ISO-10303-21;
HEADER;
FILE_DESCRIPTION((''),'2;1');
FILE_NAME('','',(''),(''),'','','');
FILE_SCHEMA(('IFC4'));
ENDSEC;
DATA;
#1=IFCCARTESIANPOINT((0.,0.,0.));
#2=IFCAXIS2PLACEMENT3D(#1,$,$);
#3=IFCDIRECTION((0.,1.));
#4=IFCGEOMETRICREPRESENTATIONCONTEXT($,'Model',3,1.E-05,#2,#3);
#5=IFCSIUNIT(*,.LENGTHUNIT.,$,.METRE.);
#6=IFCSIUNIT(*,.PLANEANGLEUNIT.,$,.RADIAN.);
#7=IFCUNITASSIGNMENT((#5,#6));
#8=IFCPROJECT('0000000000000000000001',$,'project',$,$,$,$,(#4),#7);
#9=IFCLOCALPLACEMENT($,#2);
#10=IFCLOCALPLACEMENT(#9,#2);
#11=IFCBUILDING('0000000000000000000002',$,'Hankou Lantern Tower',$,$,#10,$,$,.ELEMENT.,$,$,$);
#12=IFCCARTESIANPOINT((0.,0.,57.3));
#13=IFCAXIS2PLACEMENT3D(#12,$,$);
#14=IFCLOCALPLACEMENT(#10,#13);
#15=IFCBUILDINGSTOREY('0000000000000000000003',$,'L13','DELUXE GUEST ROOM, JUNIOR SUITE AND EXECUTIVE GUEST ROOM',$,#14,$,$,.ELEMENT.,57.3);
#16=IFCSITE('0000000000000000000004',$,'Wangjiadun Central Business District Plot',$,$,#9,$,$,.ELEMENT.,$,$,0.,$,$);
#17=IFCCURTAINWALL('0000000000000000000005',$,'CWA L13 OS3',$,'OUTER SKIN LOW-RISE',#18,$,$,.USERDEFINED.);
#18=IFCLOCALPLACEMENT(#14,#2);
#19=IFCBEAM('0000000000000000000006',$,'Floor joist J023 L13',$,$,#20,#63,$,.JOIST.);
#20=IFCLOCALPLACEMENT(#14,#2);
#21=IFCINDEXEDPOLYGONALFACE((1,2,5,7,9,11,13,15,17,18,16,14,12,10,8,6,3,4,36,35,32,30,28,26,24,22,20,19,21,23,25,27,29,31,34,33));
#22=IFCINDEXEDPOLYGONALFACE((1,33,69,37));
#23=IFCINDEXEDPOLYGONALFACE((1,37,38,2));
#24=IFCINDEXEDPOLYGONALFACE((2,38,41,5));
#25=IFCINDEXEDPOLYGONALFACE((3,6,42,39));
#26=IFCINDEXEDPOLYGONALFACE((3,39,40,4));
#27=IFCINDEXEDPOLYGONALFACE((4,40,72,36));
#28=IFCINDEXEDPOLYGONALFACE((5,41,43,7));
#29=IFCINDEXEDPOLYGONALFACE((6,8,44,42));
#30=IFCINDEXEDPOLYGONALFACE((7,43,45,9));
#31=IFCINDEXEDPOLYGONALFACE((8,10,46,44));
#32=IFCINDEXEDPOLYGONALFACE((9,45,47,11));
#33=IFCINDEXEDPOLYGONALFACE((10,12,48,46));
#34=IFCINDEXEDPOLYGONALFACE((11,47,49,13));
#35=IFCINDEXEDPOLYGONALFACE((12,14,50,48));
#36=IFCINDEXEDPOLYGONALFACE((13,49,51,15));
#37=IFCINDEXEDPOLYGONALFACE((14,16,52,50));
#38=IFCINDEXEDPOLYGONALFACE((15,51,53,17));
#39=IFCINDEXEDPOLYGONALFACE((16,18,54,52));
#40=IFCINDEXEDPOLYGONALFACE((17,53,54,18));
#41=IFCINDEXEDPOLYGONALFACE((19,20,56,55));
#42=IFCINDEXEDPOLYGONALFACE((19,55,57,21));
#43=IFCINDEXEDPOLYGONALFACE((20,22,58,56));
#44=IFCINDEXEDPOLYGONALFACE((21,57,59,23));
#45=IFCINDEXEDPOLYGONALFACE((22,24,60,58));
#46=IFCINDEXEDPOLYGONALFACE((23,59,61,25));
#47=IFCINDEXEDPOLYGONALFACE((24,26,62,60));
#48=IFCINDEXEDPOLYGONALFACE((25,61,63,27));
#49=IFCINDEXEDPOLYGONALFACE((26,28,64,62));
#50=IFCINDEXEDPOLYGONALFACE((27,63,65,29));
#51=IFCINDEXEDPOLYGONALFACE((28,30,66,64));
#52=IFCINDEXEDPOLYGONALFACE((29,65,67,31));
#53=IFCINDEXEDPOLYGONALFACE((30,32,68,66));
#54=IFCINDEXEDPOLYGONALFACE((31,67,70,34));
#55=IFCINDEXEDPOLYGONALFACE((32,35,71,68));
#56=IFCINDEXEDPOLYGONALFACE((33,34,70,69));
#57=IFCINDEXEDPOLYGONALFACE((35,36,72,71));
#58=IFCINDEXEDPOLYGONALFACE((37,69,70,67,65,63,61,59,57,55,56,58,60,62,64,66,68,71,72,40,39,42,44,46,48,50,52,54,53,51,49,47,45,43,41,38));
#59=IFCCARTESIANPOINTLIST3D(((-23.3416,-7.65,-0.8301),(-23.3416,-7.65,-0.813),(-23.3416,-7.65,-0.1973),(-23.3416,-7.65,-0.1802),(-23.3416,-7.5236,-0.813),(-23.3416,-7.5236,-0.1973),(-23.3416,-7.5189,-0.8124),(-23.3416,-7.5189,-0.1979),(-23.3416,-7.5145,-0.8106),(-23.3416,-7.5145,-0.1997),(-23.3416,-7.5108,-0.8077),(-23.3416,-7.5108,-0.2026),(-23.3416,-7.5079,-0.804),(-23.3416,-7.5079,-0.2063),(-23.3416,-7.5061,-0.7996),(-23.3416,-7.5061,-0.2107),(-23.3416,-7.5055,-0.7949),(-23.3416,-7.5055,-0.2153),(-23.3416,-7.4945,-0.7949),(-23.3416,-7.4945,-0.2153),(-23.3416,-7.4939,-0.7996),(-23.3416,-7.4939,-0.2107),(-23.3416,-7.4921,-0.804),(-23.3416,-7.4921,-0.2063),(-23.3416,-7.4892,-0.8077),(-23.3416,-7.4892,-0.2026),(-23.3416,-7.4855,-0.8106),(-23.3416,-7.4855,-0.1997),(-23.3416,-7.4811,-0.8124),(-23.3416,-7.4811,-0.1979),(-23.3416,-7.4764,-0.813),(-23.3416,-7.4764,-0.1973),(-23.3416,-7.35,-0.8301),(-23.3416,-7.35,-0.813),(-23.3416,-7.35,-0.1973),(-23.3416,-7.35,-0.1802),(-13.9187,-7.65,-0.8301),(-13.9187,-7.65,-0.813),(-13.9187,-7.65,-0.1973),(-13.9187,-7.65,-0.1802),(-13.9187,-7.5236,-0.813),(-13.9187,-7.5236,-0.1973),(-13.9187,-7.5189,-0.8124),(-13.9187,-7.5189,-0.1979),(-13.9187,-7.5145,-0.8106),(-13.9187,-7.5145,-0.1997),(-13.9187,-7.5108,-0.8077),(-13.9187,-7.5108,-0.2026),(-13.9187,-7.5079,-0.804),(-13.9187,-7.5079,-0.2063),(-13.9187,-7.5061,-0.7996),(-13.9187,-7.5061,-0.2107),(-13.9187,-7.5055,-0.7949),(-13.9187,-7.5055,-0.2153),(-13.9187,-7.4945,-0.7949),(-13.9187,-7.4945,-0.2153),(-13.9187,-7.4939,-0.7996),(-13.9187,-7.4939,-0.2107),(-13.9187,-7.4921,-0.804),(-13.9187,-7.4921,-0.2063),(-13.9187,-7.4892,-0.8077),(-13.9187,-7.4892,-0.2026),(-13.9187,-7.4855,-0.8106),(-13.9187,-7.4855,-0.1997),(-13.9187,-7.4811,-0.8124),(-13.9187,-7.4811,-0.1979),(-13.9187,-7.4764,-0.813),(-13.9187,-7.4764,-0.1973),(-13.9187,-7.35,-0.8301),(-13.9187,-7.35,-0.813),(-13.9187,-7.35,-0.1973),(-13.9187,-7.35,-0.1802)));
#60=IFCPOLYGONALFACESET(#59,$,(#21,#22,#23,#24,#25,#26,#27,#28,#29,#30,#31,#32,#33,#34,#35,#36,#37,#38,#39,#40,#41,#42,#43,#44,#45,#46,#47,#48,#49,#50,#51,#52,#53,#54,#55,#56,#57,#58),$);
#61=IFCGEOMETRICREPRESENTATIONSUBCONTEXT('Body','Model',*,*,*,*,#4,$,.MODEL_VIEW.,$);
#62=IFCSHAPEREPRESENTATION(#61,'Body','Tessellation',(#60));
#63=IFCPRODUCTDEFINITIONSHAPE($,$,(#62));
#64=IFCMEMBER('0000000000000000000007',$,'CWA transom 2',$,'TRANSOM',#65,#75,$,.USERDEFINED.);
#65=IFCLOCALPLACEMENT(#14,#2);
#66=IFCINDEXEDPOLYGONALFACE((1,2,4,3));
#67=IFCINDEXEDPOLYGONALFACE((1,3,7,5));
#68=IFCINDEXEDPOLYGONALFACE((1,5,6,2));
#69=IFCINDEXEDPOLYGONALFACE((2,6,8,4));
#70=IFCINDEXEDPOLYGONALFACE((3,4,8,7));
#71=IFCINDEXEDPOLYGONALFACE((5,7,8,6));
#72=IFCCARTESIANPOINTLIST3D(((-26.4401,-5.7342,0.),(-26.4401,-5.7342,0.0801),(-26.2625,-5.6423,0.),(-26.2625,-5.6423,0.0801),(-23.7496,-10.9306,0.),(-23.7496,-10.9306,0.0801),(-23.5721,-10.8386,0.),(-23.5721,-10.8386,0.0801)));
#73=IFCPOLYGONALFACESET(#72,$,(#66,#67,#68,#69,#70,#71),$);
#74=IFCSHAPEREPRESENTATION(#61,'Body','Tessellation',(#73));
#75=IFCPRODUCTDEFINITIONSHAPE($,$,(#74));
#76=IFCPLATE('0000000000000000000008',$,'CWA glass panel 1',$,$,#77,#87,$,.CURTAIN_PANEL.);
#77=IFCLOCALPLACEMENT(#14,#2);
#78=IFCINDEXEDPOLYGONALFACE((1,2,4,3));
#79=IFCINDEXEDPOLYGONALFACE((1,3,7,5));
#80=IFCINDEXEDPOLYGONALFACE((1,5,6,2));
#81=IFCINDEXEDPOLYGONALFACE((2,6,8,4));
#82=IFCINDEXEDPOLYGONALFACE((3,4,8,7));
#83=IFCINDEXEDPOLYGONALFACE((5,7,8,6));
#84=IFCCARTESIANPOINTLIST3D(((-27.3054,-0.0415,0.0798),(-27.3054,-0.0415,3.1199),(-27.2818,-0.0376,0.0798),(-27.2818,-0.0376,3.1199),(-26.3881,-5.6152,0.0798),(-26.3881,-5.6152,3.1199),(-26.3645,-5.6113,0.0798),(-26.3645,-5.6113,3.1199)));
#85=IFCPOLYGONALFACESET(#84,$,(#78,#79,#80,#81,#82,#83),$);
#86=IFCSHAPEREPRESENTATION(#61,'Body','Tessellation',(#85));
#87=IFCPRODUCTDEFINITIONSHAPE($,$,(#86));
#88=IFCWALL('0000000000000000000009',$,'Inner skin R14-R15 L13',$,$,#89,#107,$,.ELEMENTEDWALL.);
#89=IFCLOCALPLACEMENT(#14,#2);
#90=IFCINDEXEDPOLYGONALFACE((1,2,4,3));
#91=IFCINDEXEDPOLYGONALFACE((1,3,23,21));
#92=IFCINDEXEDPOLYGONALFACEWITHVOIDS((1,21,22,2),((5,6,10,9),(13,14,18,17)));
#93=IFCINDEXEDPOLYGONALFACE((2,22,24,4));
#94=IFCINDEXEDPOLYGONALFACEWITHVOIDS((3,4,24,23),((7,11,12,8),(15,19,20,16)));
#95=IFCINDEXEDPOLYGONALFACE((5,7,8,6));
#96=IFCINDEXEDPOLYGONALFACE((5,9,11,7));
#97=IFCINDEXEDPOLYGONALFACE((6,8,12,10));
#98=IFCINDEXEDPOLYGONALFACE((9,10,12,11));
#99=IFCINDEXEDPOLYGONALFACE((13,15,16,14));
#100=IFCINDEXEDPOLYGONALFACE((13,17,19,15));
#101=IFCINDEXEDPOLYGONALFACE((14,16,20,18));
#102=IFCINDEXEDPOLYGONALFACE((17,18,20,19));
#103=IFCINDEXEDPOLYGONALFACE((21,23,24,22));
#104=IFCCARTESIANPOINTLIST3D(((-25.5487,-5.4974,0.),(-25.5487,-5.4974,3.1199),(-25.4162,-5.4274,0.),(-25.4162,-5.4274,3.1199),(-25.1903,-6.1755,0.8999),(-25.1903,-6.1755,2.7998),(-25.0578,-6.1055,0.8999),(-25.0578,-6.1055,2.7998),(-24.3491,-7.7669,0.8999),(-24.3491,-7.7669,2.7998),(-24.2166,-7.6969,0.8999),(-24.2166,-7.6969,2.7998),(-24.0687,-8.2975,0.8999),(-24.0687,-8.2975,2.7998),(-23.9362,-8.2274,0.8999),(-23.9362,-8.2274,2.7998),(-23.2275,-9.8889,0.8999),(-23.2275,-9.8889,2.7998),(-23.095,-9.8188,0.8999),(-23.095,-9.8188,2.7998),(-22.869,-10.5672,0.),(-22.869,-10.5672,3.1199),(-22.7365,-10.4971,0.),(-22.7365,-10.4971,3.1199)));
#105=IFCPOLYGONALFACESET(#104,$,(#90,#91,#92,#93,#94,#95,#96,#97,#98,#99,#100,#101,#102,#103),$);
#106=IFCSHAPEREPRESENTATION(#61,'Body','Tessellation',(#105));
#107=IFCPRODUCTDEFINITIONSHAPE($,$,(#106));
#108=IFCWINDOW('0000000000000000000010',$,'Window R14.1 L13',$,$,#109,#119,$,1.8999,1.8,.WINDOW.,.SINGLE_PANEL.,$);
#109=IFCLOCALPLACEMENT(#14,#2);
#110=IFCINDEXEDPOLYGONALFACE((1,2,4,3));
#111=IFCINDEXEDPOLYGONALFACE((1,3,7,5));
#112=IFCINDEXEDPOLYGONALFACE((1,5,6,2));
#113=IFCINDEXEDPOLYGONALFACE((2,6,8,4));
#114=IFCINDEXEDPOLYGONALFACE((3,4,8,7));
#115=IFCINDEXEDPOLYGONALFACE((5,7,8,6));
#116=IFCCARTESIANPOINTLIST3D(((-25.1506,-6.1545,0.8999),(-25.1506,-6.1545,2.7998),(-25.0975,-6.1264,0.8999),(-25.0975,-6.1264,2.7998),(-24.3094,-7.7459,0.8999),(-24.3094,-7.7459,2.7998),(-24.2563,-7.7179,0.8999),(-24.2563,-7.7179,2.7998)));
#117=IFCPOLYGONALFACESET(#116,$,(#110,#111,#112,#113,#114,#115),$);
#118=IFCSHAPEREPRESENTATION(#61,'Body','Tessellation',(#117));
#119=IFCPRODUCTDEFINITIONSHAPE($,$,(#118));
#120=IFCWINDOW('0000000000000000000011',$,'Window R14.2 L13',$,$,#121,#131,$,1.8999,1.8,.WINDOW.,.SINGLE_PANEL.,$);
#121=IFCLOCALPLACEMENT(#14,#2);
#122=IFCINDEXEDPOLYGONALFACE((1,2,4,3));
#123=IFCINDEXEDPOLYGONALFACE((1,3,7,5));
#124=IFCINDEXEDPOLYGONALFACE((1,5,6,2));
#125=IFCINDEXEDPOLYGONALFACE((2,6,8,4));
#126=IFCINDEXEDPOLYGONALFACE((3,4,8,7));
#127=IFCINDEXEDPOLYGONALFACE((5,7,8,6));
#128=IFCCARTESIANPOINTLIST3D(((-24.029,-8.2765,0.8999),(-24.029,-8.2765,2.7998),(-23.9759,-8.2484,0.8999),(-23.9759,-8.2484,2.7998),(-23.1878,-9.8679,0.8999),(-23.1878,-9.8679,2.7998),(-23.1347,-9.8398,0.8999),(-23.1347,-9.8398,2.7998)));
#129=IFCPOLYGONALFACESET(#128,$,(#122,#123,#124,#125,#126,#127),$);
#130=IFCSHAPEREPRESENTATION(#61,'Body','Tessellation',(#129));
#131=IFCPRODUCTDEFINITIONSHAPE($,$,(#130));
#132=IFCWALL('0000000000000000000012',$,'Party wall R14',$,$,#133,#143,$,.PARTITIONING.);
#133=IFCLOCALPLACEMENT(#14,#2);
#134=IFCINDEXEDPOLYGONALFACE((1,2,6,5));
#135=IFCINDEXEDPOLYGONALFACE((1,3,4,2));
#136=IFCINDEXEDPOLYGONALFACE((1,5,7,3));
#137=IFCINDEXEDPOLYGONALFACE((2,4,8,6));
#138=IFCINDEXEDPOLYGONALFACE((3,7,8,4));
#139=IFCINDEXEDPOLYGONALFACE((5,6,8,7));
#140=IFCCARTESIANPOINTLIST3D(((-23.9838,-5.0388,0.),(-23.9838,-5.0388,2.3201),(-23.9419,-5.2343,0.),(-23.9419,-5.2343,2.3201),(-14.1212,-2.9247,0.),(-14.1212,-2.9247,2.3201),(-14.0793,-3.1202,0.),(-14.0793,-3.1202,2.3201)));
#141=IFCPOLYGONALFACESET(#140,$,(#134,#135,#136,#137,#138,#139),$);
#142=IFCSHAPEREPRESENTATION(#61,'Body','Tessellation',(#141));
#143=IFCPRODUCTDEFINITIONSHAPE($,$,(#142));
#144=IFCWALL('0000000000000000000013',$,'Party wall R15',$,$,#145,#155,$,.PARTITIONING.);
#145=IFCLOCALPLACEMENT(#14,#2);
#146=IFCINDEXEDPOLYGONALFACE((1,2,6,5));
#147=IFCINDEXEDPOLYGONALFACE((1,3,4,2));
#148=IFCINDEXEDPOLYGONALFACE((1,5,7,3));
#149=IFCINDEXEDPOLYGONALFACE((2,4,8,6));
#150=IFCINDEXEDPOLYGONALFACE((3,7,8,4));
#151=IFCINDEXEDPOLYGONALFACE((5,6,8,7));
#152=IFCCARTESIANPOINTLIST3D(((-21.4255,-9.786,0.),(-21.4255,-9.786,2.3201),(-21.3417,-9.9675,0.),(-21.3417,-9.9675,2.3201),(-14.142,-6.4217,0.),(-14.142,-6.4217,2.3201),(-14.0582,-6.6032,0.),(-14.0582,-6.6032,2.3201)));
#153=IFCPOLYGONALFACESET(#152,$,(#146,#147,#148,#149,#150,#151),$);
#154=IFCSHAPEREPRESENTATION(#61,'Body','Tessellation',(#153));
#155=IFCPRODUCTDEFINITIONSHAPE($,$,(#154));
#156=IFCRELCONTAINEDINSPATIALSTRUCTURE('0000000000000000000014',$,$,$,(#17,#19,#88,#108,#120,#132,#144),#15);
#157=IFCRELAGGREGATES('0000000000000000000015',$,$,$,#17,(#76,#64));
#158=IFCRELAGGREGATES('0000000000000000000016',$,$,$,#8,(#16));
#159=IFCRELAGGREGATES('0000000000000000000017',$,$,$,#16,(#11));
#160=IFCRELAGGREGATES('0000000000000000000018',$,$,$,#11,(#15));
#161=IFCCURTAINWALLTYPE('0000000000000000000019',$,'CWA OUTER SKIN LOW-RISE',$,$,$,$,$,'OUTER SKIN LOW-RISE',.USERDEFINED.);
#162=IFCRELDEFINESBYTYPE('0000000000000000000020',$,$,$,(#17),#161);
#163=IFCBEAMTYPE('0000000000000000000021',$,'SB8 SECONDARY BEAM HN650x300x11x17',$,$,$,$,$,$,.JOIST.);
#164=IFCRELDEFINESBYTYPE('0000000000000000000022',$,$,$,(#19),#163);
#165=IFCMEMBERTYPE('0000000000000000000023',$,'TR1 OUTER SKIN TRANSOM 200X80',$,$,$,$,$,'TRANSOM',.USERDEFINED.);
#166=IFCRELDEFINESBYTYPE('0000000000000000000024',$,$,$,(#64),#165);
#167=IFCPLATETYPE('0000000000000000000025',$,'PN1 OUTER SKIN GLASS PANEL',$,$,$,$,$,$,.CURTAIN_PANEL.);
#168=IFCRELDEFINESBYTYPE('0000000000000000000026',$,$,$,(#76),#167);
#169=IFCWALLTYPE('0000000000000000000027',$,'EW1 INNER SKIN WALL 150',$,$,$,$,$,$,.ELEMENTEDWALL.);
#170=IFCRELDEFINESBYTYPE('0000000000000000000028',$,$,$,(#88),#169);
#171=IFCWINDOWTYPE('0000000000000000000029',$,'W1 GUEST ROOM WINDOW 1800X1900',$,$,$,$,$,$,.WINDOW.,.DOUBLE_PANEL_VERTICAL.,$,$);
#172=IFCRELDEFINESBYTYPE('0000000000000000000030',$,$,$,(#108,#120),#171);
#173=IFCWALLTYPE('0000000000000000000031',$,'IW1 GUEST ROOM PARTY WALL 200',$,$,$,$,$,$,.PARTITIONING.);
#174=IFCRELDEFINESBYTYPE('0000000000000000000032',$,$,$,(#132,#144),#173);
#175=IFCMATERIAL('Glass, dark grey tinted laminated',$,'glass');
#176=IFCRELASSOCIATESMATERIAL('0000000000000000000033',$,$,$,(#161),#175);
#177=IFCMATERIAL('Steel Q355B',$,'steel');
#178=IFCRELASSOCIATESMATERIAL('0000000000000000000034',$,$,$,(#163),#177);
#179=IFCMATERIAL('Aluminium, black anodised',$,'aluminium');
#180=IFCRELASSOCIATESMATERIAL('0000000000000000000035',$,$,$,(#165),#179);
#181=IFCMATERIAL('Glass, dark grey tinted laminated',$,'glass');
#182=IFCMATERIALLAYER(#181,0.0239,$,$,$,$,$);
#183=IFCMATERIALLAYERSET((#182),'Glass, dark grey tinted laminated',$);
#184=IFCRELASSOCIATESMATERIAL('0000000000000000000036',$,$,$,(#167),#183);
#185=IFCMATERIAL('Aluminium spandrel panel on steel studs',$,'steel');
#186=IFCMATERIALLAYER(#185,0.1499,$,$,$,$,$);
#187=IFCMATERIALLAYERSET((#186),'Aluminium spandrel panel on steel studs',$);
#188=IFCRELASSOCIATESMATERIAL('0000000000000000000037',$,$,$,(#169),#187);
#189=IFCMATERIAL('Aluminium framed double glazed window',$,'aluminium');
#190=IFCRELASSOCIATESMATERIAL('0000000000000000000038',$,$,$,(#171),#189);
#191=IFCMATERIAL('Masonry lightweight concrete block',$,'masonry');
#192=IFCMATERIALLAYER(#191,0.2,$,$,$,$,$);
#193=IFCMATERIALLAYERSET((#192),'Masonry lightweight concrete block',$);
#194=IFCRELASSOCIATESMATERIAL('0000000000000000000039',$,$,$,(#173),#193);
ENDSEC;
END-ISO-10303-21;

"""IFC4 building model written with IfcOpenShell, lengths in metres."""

from ifc_helpers import new_model, si_unit, direction, frame, frame_2d, origin, origin_2d, place, context, subcontext, project, spatial, rectangle, i_section, extrude, material, layer, layer_set, material_profile, profile_set, type_object, element, fill, aggregate, save


model = new_model("IFC4")

# Units and contexts
model_context = context("Model", 3, precision=1e-05, world=origin(), true_north=direction((0.0, 1.0)))
body_context = subcontext(model_context, "Body", "Model", "MODEL_VIEW")
ifc_project = project(units=[si_unit("LENGTHUNIT", "METRE"), si_unit("PLANEANGLEUNIT", "RADIAN")], contexts=[model_context])

# Site, building, storey
site_placement = place(None, origin())
site = spatial("IfcSite", under=ifc_project, at=site_placement, Name="Wangjiadun Central Business District Plot", CompositionType="ELEMENT", RefElevation=0.0)
building_placement = place(site_placement, origin())
building = spatial("IfcBuilding", under=site, at=building_placement, Name="Hankou Lantern Tower", CompositionType="ELEMENT")
storey_placement = place(building_placement, frame((0.0, 0.0, 57.3)))
storey = spatial("IfcBuildingStorey", under=building, at=storey_placement, Name="L13", Description="DELUXE GUEST ROOM, JUNIOR SUITE AND EXECUTIVE GUEST ROOM", CompositionType="ELEMENT", Elevation=57.3)

# Curtain wall
ifc_material_1 = material(Name="Glass, dark grey tinted laminated", Category="glass")
curtain_wall_type = type_object("IfcCurtainWallType", Name="CWA OUTER SKIN LOW-RISE", ElementType="OUTER SKIN LOW-RISE", PredefinedType="USERDEFINED", material=ifc_material_1)
curtain_wall_placement = place(storey_placement, origin())
curtain_wall = element("IfcCurtainWall", 1, at=curtain_wall_placement, inside=storey, type_object=curtain_wall_type, Name="CWA L13 OS3", ObjectType="OUTER SKIN LOW-RISE", PredefinedType="USERDEFINED")

# Beam
ifc_material_2 = material(Name="Steel Q355B", Category="steel")
ifc_material_profile_1 = material_profile(ifc_material_2, i_section(OverallWidth=0.3, OverallDepth=0.6499, WebThickness=0.011, FlangeThickness=0.0171, FilletRadius=0.0181, at=origin_2d()), Name="HN650x300x11x17")
ifc_profile_set_1 = profile_set([ifc_material_profile_1], Name="Steel Q355B")
beam_type_1 = type_object("IfcBeamType", Name="SB8 SECONDARY BEAM HN650x300x11x17", PredefinedType="JOIST", material=ifc_profile_set_1)
beam_1_placement = place(storey_placement, frame((-23.3416, -7.5, -0.5051), z_axis=(1.0, 0.0, 0.0), x_axis=(0.0, 1.0, 0.0)))
element("IfcBeam", 2, at=beam_1_placement, inside=storey, type_object=beam_type_1, Name="Floor joist J023 L13", PredefinedType="JOIST", context=body_context, shape_type="SweptSolid", body=[
    extrude(i_section(OverallWidth=0.3, OverallDepth=0.6499, WebThickness=0.011, FlangeThickness=0.0171, FilletRadius=0.0181, at=origin_2d()), origin(), (0.0, 0.0, 1.0), 9.4229),
])

# Member
ifc_material_3 = material(Name="Aluminium, black anodised", Category="aluminium")
ifc_material_profile_2 = material_profile(ifc_material_3, rectangle(XDim=0.2, YDim=0.0801, at=origin_2d()), Name="TR1 200X80")
ifc_profile_set_2 = profile_set([ifc_material_profile_2], Name="Aluminium, black anodised")
member_type_1 = type_object("IfcMemberType", Name="TR1 OUTER SKIN TRANSOM 200X80", ElementType="TRANSOM", PredefinedType="USERDEFINED", material=ifc_profile_set_2)
member_1_placement = place(storey_placement, frame((-26.3513, -5.6882, 0.04), z_axis=(0.459786, -0.88803, 0.0), x_axis=(0.88803, 0.459786, 0.0)))
member_1 = element("IfcMember", 3, at=member_1_placement, type_object=member_type_1, Name="CWA transom 2", ObjectType="TRANSOM", PredefinedType="USERDEFINED", context=body_context, shape_type="SweptSolid", body=[
    extrude(rectangle(XDim=0.2, YDim=0.0801, at=origin_2d()), origin(), (0.0, 0.0, 1.0), 5.8516),
])

# Plate
ifc_material_4 = material(Name="Glass, dark grey tinted laminated", Category="glass")
ifc_layer_1 = layer(ifc_material_4, 0.0239)
ifc_layer_set_1 = layer_set([ifc_layer_1], Name="Glass, dark grey tinted laminated")
plate_type = type_object("IfcPlateType", Name="PN1 OUTER SKIN GLASS PANEL", PredefinedType="CURTAIN_PANEL", material=ifc_layer_set_1)
plate_placement = place(storey_placement, frame((-26.835, -2.8264, 0.0798), z_axis=(0.0, 0.0, 1.0), x_axis=(0.162382, -0.986728, 0.0)))
plate = element("IfcPlate", 4, at=plate_placement, type_object=plate_type, Name="CWA glass panel 1", PredefinedType="CURTAIN_PANEL", context=body_context, shape_type="SweptSolid", body=[
    extrude(rectangle(XDim=5.6487, YDim=0.0239, at=origin_2d()), origin(), (0.0, 0.0, 1.0), 3.04),
])
aggregate(curtain_wall, [plate, member_1])

# Wall, openings, windows
ifc_material_5 = material(Name="Aluminium spandrel panel on steel studs", Category="steel")
ifc_layer_2 = layer(ifc_material_5, 0.1499)
ifc_layer_set_2 = layer_set([ifc_layer_2], Name="Aluminium spandrel panel on steel studs")
wall_type_1 = type_object("IfcWallType", Name="EW1 INNER SKIN WALL 150", PredefinedType="ELEMENTEDWALL", material=ifc_layer_set_2)
wall_1_placement = place(storey_placement, frame((-25.4824, -5.4624, 0.0), z_axis=(0.0, 0.0, 1.0), x_axis=(0.467297, -0.8841, 0.0)))
wall_1 = element("IfcWall", 5, at=wall_1_placement, inside=storey, type_object=wall_type_1, Name="Inner skin R14-R15 L13", PredefinedType="ELEMENTEDWALL", context=body_context, shape_type="SweptSolid", body=[
    extrude(rectangle(XDim=5.7344, YDim=0.1499, at=frame_2d((2.8672, 0.0))), origin(), (0.0, 0.0, 1.0), 3.1199),
])
opening_1_placement = place(wall_1_placement, frame((0.7671, 0.0, 0.8999)))
opening_1 = element("IfcOpeningElement", 6, at=opening_1_placement, cuts=wall_1, PredefinedType="OPENING", context=body_context, shape_type="SweptSolid", body=[
    extrude(rectangle(XDim=1.8, YDim=1.8999, at=frame_2d((0.8999, 0.95))), frame((0.0, 0.085, 0.0), z_axis=(0.0, -1.0, 0.0), x_axis=(1.0, 0.0, 0.0)), (0.0, 0.0, 1.0), 0.1699),
])
opening_2_placement = place(wall_1_placement, frame((3.1672, 0.0, 0.8999)))
opening_2 = element("IfcOpeningElement", 7, at=opening_2_placement, cuts=wall_1, PredefinedType="OPENING", context=body_context, shape_type="SweptSolid", body=[
    extrude(rectangle(XDim=1.8, YDim=1.8999, at=frame_2d((0.8999, 0.95))), frame((0.0, 0.085, 0.0), z_axis=(0.0, -1.0, 0.0), x_axis=(1.0, 0.0, 0.0)), (0.0, 0.0, 1.0), 0.1699),
])
ifc_material_6 = material(Name="Aluminium framed double glazed window", Category="aluminium")
window_type = type_object("IfcWindowType", Name="W1 GUEST ROOM WINDOW 1800X1900", PartitioningType="DOUBLE_PANEL_VERTICAL", PredefinedType="WINDOW", material=ifc_material_6)
window_1_placement = place(opening_1_placement, origin())
window_1 = element("IfcWindow", 8, at=window_1_placement, inside=storey, type_object=window_type, Name="Window R14.1 L13", OverallHeight=1.8999, OverallWidth=1.8, PartitioningType="SINGLE_PANEL", PredefinedType="WINDOW", context=body_context, shape_type="SweptSolid", body=[
    extrude(rectangle(XDim=1.8, YDim=1.8999, at=frame_2d((0.8999, 0.95))), frame((0.0, 0.03, 0.0), z_axis=(0.0, -1.0, 0.0), x_axis=(1.0, 0.0, 0.0)), (0.0, 0.0, 1.0), 0.0601),
])
fill(opening_1, window_1)
window_2_placement = place(opening_2_placement, origin())
window_2 = element("IfcWindow", 9, at=window_2_placement, inside=storey, type_object=window_type, Name="Window R14.2 L13", OverallHeight=1.8999, OverallWidth=1.8, PartitioningType="SINGLE_PANEL", PredefinedType="WINDOW", context=body_context, shape_type="SweptSolid", body=[
    extrude(rectangle(XDim=1.8, YDim=1.8999, at=frame_2d((0.8999, 0.95))), frame((0.0, 0.03, 0.0), z_axis=(0.0, -1.0, 0.0), x_axis=(1.0, 0.0, 0.0)), (0.0, 0.0, 1.0), 0.0601),
])
fill(opening_2, window_2)

# Walls
ifc_material_7 = material(Name="Masonry lightweight concrete block", Category="masonry")
ifc_layer_3 = layer(ifc_material_7, 0.2)
ifc_layer_set_3 = layer_set([ifc_layer_3], Name="Masonry lightweight concrete block")
wall_type_2 = type_object("IfcWallType", Name="IW1 GUEST ROOM PARTY WALL 200", PredefinedType="PARTITIONING", material=ifc_layer_set_3)
wall_2_placement = place(storey_placement, frame((-14.1001, -3.0225, 0.0), z_axis=(0.0, 0.0, 1.0), x_axis=(-0.97779, -0.209587, 0.0)))
element("IfcWall", 10, at=wall_2_placement, inside=storey, type_object=wall_type_2, Name="Party wall R14", PredefinedType="PARTITIONING", context=body_context, shape_type="SweptSolid", body=[
    extrude(rectangle(XDim=10.0867, YDim=0.2, at=frame_2d((5.0435, 0.0))), origin(), (0.0, 0.0, 1.0), 2.3201),
])
wall_3_placement = place(storey_placement, frame((-14.1001, -6.5125, 0.0), z_axis=(0.0, 0.0, 1.0), x_axis=(-0.907833, -0.419332, 0.0)))
element("IfcWall", 11, at=wall_3_placement, inside=storey, type_object=wall_type_2, Name="Party wall R15", PredefinedType="PARTITIONING", context=body_context, shape_type="SweptSolid", body=[
    extrude(rectangle(XDim=8.0229, YDim=0.2, at=frame_2d((4.0115, 0.0))), origin(), (0.0, 0.0, 1.0), 2.3201),
])

save(model, "model.ifc")
